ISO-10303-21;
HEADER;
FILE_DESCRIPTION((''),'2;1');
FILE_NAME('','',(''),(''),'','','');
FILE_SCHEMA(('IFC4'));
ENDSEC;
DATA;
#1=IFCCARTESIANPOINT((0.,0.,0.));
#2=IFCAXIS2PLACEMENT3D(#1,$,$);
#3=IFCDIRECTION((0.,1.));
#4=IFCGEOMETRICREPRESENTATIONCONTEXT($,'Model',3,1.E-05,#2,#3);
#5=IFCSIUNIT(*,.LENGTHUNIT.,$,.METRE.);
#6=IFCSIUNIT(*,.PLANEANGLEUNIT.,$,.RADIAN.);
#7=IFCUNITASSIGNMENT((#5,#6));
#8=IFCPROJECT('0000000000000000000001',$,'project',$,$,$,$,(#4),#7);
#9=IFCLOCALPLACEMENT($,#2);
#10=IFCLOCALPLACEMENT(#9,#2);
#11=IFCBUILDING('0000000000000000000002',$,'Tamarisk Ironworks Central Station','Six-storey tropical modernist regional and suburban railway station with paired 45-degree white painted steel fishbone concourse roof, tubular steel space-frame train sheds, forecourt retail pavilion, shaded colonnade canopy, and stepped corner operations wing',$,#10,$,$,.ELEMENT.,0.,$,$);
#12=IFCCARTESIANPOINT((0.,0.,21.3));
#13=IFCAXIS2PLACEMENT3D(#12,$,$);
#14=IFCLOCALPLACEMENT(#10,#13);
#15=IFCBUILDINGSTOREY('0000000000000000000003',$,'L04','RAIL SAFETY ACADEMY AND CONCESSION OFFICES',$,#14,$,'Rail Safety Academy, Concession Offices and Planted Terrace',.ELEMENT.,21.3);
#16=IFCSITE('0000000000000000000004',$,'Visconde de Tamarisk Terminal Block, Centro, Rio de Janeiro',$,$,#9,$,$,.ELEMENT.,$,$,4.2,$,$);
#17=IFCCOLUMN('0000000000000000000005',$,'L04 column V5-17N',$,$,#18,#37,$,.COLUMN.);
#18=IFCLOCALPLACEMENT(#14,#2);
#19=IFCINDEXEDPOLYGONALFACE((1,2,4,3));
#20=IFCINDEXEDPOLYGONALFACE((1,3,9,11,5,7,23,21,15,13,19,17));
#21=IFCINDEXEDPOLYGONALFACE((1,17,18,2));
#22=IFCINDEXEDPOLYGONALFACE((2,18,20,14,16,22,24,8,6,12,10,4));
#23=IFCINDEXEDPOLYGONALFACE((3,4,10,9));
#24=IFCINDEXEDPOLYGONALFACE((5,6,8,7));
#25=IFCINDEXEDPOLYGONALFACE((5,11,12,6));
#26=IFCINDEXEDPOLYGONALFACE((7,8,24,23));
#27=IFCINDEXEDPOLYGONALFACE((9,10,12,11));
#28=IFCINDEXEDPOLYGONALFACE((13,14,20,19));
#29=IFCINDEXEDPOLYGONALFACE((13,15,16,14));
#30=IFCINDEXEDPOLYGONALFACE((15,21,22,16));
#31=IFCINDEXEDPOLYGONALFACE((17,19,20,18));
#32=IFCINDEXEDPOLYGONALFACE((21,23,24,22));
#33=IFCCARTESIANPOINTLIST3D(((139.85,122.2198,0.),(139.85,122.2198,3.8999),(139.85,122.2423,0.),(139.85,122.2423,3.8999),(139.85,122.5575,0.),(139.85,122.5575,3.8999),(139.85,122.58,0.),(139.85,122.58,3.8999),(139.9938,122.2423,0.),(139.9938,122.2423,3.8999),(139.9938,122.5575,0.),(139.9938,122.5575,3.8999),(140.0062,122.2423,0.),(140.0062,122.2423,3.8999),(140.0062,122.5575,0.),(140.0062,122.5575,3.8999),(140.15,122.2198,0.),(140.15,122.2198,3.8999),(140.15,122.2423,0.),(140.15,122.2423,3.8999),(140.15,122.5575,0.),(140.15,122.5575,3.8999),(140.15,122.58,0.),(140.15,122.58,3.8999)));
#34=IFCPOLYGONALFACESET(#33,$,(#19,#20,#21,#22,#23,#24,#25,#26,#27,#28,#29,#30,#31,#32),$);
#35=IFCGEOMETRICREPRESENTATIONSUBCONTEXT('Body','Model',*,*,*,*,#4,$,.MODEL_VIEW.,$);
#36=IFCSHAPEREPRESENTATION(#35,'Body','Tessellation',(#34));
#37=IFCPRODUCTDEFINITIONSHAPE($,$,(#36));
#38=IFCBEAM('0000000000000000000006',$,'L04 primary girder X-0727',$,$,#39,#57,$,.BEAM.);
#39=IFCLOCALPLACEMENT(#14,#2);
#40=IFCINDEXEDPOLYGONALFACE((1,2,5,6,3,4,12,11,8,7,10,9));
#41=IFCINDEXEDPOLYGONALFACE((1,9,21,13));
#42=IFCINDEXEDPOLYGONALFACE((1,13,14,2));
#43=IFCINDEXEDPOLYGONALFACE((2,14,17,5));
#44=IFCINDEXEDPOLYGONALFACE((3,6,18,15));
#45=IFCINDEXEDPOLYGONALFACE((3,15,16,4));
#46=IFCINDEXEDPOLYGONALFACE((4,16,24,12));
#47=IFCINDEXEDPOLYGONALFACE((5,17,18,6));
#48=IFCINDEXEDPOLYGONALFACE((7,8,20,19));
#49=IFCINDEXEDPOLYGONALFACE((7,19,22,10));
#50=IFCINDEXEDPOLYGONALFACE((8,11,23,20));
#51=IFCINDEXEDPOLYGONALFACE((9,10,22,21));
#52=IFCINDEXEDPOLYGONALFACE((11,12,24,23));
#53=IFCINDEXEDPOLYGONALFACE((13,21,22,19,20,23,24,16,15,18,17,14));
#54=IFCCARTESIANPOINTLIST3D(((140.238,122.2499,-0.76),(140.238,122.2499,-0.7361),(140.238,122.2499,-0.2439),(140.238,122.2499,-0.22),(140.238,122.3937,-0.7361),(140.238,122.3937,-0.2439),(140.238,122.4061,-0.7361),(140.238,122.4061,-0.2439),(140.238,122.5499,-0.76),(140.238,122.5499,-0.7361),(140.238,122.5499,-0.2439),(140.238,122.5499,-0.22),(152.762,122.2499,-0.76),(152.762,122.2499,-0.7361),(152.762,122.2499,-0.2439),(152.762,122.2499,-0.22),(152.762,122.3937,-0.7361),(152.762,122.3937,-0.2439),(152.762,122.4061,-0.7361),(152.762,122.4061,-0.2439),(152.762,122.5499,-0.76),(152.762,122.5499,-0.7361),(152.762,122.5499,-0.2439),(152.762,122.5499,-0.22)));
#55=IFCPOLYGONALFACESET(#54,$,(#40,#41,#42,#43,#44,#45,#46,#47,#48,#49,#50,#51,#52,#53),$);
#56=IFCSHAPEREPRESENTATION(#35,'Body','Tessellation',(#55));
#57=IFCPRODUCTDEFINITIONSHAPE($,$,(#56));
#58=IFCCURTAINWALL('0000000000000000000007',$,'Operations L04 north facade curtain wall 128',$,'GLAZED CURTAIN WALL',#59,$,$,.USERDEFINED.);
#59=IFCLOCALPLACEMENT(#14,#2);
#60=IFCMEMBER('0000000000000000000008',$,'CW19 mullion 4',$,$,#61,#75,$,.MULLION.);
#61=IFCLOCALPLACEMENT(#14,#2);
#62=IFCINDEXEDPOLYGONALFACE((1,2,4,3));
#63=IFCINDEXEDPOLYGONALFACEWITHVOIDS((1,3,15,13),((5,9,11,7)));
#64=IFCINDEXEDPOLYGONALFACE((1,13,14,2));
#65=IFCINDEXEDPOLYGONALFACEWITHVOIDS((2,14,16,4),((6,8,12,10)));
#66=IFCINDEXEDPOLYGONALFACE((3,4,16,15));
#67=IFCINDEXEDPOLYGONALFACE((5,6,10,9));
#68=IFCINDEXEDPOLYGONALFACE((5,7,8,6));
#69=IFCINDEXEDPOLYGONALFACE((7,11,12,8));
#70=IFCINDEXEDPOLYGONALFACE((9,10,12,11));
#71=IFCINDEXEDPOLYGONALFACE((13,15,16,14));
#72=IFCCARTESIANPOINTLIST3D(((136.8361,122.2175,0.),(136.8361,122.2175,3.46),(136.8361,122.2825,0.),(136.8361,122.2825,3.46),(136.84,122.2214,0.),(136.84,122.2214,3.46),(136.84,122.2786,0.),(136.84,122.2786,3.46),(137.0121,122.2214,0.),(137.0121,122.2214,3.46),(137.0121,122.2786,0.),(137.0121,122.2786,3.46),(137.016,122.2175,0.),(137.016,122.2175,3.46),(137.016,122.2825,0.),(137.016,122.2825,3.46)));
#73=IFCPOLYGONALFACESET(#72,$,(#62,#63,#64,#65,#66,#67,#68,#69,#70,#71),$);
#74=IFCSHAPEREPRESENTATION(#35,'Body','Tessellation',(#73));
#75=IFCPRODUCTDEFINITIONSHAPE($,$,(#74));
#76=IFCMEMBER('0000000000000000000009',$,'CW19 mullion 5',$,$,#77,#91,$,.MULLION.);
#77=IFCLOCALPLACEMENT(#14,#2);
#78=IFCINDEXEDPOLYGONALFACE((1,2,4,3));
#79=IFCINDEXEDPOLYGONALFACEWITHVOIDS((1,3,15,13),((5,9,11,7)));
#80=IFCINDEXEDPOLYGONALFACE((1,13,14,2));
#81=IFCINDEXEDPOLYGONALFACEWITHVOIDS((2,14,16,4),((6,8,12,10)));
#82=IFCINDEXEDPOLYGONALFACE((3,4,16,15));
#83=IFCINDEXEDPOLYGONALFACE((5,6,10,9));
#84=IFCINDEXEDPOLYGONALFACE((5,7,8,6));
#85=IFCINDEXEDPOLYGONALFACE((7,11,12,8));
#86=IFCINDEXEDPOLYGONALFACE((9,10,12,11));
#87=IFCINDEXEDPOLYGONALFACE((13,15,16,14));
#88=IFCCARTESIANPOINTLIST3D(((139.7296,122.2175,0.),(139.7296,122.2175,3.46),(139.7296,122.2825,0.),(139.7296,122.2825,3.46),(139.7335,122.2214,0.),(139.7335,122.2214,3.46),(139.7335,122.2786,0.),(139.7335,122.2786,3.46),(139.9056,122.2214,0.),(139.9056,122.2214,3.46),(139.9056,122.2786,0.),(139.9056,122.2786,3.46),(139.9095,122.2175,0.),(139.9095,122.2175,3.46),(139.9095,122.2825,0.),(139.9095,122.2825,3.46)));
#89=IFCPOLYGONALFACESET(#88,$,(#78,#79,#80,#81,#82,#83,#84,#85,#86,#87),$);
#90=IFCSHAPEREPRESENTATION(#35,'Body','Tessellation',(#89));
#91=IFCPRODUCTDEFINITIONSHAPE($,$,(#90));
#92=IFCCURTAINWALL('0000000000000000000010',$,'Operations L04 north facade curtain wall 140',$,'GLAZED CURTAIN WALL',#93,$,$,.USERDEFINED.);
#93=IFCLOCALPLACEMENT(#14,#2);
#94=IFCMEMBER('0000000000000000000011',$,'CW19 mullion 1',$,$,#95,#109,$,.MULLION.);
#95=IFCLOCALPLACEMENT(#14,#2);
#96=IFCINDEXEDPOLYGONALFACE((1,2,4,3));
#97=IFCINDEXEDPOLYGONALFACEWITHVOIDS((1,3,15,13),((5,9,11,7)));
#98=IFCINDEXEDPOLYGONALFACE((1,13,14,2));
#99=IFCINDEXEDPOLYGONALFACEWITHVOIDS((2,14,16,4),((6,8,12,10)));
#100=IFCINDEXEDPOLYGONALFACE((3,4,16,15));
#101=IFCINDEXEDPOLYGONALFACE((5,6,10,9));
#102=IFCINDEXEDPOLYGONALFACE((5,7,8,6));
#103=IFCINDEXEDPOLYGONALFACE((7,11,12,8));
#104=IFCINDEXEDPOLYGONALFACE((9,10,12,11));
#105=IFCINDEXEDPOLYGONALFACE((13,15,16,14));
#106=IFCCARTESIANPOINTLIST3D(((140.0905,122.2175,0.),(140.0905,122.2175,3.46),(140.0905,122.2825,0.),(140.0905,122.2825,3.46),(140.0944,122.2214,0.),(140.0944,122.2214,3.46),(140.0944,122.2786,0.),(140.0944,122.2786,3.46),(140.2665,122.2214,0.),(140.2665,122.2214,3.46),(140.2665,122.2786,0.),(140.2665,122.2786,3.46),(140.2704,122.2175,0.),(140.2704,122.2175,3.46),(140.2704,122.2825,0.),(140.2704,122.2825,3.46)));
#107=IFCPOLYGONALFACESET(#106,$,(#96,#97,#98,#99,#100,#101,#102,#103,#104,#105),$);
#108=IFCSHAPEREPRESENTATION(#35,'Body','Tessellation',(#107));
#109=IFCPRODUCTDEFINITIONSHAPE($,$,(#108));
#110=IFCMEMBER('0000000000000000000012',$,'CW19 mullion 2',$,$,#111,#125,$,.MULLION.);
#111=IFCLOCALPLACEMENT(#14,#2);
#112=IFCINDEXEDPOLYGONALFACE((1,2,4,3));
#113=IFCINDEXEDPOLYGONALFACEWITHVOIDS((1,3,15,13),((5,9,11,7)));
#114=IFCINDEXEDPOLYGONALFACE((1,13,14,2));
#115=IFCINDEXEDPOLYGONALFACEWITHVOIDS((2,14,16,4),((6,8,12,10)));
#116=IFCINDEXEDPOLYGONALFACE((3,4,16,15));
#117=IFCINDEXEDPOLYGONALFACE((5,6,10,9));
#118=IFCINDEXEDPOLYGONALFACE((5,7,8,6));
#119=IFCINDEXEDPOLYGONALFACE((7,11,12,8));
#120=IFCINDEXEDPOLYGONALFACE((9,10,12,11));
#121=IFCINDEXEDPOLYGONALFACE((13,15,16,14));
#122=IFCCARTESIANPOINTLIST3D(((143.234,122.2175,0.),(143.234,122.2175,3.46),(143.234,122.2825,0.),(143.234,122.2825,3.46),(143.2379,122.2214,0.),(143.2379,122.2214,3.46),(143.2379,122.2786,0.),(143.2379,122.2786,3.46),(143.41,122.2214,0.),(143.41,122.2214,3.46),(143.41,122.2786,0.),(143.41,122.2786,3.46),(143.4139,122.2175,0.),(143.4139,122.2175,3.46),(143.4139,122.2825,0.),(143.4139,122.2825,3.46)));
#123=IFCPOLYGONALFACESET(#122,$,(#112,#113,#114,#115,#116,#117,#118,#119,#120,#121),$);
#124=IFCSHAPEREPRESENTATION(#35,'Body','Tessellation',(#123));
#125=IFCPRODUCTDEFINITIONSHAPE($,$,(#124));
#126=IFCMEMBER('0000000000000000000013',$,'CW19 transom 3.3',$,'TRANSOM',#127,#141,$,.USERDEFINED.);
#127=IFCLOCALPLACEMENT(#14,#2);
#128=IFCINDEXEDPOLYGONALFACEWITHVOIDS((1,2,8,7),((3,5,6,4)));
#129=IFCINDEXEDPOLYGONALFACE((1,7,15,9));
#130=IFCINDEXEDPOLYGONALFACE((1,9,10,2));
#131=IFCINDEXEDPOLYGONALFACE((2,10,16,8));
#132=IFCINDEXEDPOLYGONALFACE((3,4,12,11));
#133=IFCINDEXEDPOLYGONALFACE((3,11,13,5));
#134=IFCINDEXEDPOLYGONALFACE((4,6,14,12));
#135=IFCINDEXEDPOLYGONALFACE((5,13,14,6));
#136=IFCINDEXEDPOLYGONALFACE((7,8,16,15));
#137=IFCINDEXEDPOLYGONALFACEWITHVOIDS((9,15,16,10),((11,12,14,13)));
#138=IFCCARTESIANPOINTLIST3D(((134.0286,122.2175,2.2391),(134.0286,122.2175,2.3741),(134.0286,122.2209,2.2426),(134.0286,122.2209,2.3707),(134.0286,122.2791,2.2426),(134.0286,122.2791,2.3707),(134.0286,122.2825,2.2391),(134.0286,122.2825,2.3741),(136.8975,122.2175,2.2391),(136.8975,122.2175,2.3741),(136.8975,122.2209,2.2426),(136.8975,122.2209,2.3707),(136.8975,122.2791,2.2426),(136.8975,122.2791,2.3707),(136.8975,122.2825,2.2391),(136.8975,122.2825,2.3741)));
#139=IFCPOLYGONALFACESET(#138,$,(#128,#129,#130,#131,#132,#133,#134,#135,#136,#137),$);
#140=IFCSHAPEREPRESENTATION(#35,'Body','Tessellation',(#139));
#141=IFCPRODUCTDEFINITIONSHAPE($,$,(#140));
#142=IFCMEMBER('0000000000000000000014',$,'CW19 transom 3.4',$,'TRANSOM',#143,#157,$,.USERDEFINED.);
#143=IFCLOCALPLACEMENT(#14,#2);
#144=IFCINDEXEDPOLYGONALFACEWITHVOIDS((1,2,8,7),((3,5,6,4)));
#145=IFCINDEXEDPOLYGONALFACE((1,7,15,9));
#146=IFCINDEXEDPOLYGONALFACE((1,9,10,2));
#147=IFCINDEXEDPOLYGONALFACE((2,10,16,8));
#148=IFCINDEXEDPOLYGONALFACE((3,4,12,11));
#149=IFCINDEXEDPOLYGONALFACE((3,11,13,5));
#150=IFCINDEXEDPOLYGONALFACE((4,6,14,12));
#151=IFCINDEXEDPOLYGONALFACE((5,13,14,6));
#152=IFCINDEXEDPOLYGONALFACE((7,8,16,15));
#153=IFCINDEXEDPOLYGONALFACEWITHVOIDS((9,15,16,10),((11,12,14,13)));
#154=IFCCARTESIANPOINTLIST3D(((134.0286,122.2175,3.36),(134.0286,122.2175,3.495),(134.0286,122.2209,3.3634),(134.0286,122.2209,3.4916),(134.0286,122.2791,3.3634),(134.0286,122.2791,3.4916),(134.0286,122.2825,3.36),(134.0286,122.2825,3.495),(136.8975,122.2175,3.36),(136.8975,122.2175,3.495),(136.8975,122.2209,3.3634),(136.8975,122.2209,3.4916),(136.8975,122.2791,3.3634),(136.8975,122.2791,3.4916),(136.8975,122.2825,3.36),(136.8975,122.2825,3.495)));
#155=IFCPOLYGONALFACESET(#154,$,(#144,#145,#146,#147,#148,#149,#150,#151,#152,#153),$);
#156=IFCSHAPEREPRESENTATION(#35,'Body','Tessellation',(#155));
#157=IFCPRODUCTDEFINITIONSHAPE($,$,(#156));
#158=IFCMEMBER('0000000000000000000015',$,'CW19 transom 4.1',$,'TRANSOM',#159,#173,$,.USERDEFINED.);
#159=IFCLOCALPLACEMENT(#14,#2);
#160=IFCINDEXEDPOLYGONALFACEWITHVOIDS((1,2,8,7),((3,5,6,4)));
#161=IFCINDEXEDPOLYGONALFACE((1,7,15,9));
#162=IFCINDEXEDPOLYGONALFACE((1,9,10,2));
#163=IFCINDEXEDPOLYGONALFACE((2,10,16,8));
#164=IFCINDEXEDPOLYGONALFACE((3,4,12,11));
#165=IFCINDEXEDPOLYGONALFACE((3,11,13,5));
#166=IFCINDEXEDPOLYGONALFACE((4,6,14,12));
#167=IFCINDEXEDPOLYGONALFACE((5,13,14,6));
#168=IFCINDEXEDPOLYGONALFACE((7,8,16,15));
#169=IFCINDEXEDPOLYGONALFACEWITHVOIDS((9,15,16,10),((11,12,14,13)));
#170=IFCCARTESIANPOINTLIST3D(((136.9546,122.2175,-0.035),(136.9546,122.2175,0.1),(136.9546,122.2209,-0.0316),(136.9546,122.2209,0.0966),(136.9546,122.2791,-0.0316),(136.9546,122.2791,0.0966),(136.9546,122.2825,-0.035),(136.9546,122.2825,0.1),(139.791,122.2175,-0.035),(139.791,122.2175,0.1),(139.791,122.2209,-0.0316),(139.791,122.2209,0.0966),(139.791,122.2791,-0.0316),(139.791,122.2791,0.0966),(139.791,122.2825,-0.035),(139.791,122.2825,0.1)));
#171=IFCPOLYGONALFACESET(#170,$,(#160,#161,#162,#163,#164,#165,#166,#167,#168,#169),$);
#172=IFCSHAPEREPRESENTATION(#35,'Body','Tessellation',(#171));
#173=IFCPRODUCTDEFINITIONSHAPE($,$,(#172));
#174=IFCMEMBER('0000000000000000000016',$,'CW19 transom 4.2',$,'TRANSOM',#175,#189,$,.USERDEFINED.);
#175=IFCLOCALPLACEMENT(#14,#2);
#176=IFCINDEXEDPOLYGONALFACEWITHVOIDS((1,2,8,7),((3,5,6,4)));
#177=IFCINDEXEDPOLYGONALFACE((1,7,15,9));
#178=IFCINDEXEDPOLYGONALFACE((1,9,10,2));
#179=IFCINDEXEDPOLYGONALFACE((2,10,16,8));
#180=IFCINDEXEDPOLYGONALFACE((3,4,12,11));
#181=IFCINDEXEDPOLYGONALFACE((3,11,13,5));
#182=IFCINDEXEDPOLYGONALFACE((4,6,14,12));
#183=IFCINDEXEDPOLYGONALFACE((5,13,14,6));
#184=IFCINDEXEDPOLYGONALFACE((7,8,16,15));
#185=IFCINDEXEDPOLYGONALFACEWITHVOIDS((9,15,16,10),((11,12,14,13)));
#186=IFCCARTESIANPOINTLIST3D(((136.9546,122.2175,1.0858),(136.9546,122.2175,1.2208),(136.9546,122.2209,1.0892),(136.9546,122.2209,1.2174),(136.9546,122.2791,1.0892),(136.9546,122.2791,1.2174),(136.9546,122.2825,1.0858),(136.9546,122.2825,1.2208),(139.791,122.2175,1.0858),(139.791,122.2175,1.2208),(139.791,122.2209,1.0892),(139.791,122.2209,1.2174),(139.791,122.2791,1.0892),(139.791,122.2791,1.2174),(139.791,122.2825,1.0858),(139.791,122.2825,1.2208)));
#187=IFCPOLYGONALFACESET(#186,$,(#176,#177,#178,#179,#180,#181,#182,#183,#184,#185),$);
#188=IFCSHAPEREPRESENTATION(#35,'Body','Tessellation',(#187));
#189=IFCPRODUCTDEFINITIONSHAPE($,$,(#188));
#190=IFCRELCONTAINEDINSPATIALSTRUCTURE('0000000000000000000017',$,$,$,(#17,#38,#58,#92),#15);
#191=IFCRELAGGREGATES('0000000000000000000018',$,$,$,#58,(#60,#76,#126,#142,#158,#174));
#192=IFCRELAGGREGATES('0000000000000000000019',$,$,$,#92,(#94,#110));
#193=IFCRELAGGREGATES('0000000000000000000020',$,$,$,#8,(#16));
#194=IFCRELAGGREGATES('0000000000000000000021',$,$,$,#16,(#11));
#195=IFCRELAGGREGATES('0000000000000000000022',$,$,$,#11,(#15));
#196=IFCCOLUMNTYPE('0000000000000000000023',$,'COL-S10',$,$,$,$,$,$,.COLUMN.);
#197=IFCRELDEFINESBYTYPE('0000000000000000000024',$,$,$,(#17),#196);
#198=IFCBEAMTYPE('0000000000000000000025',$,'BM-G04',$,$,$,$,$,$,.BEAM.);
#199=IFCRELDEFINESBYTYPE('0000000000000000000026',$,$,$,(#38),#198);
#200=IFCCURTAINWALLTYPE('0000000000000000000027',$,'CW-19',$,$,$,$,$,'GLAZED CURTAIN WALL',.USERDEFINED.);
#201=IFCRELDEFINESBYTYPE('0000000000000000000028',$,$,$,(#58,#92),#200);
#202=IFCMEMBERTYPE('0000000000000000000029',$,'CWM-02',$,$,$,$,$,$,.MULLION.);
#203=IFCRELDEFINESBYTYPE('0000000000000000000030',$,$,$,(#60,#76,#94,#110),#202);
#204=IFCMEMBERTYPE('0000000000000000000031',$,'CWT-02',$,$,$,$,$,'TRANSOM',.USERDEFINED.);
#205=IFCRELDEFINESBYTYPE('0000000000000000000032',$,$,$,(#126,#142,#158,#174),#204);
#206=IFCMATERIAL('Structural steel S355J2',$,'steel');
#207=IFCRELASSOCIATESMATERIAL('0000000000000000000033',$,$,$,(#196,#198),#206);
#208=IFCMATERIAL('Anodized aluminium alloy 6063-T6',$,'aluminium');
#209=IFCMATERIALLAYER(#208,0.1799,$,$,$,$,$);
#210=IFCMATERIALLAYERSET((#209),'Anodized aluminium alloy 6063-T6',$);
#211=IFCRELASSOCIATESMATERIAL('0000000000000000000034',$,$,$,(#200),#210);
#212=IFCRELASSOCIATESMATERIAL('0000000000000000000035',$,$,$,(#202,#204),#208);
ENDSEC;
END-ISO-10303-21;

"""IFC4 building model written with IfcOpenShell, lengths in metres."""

from ifc_helpers import new_model, si_unit, direction, frame, origin, origin_2d, place, context, subcontext, project, spatial, hollow_rectangle, i_section, extrude, material, layer, layer_set, material_profile, profile_set, type_object, element, aggregate, save


model = new_model("IFC4")

# Units and contexts
model_context = context("Model", 3, precision=1e-05, world=origin(), true_north=direction((0.0, 1.0)))
body_context = subcontext(model_context, "Body", "Model", "MODEL_VIEW")
ifc_project = project(units=[si_unit("LENGTHUNIT", "METRE"), si_unit("PLANEANGLEUNIT", "RADIAN")], contexts=[model_context])

# Site, building, storey
site_placement = place(None, origin())
site = spatial("IfcSite", under=ifc_project, at=site_placement, Name="Visconde de Tamarisk Terminal Block, Centro, Rio de Janeiro", CompositionType="ELEMENT", RefElevation=4.2)
building_placement = place(site_placement, origin())
building = spatial("IfcBuilding", under=site, at=building_placement, Name="Tamarisk Ironworks Central Station", Description="Six-storey tropical modernist regional and suburban railway station with paired 45-degree white painted steel fishbone concourse roof, tubular steel space-frame train sheds, forecourt retail pavilion, shaded colonnade canopy, and stepped corner operations wing", CompositionType="ELEMENT", ElevationOfRefHeight=0.0)
storey_placement = place(building_placement, frame((0.0, 0.0, 21.3)))
storey = spatial("IfcBuildingStorey", under=building, at=storey_placement, Name="L04", Description="RAIL SAFETY ACADEMY AND CONCESSION OFFICES", LongName="Rail Safety Academy, Concession Offices and Planted Terrace", CompositionType="ELEMENT", Elevation=21.3)

# Column
ifc_material_1 = material(Name="Structural steel S355J2", Category="steel")
ifc_material_profile_1 = material_profile(ifc_material_1, i_section(OverallWidth=0.3, OverallDepth=0.3601, WebThickness=0.0125, FlangeThickness=0.0225, at=origin_2d()), Name="HEB 360")
ifc_profile_set_1 = profile_set([ifc_material_profile_1], Name="Structural steel S355J2")
column_type = type_object("IfcColumnType", Name="COL-S10", PredefinedType="COLUMN", material=ifc_profile_set_1)
column_placement = place(storey_placement, frame((140.0, 122.3999, 0.0), z_axis=(0.0, 0.0, 1.0), x_axis=(1.0, 0.0, 0.0)))
element("IfcColumn", 1, at=column_placement, inside=storey, type_object=column_type, Name="L04 column V5-17N", PredefinedType="COLUMN", context=body_context, shape_type="SweptSolid", body=[
    extrude(i_section(OverallWidth=0.3, OverallDepth=0.3601, WebThickness=0.0125, FlangeThickness=0.0225, at=origin_2d()), origin(), (0.0, 0.0, 1.0), 3.8999),
])

# Beam
ifc_material_profile_2 = material_profile(ifc_material_1, i_section(OverallWidth=0.3, OverallDepth=0.54, WebThickness=0.0125, FlangeThickness=0.0239, at=origin_2d()), Name="HEA 550")
ifc_profile_set_2 = profile_set([ifc_material_profile_2], Name="Structural steel S355J2")
beam_type = type_object("IfcBeamType", Name="BM-G04", PredefinedType="BEAM", material=ifc_profile_set_2)
beam_placement = place(storey_placement, frame((140.238, 122.3999, -0.49), z_axis=(1.0, 0.0, 0.0), x_axis=(0.0, 1.0, 0.0)))
element("IfcBeam", 2, at=beam_placement, inside=storey, type_object=beam_type, Name="L04 primary girder X-0727", PredefinedType="BEAM", context=body_context, shape_type="SweptSolid", body=[
    extrude(i_section(OverallWidth=0.3, OverallDepth=0.54, WebThickness=0.0125, FlangeThickness=0.0239, at=origin_2d()), origin(), (0.0, 0.0, 1.0), 12.5239),
])

# Curtain walls, members
ifc_material_2 = material(Name="Anodized aluminium alloy 6063-T6", Category="aluminium")
ifc_layer_1 = layer(ifc_material_2, 0.1799)
ifc_layer_set_1 = layer_set([ifc_layer_1], Name="Anodized aluminium alloy 6063-T6")
curtain_wall_type = type_object("IfcCurtainWallType", Name="CW-19", ElementType="GLAZED CURTAIN WALL", PredefinedType="USERDEFINED", material=ifc_layer_set_1)
curtain_wall_1_placement = place(storey_placement, origin())
curtain_wall_1 = element("IfcCurtainWall", 3, at=curtain_wall_1_placement, inside=storey, type_object=curtain_wall_type, Name="Operations L04 north facade curtain wall 128", ObjectType="GLAZED CURTAIN WALL", PredefinedType="USERDEFINED")
ifc_material_profile_3 = material_profile(ifc_material_2, hollow_rectangle(XDim=0.0649, YDim=0.1799, WallThickness=0.0039, at=origin_2d()), Name="ALUM 180x65")
ifc_profile_set_3 = profile_set([ifc_material_profile_3], Name="Anodized aluminium alloy 6063-T6")
member_type_1 = type_object("IfcMemberType", Name="CWM-02", PredefinedType="MULLION", material=ifc_profile_set_3)
member_1_placement = place(storey_placement, frame((136.926, 122.25, 0.0), z_axis=(0.0, 0.0, 1.0), x_axis=(0.0, 1.0, 0.0)))
member_1 = element("IfcMember", 4, at=member_1_placement, type_object=member_type_1, Name="CW19 mullion 4", PredefinedType="MULLION", context=body_context, shape_type="SweptSolid", body=[
    extrude(hollow_rectangle(XDim=0.0649, YDim=0.1799, WallThickness=0.0039, at=origin_2d()), origin(), (0.0, 0.0, 1.0), 3.46),
])
member_2_placement = place(storey_placement, frame((139.8196, 122.25, 0.0), z_axis=(0.0, 0.0, 1.0), x_axis=(0.0, 1.0, 0.0)))
member_2 = element("IfcMember", 5, at=member_2_placement, type_object=member_type_1, Name="CW19 mullion 5", PredefinedType="MULLION", context=body_context, shape_type="SweptSolid", body=[
    extrude(hollow_rectangle(XDim=0.0649, YDim=0.1799, WallThickness=0.0039, at=origin_2d()), origin(), (0.0, 0.0, 1.0), 3.46),
])
curtain_wall_2_placement = place(storey_placement, origin())
curtain_wall_2 = element("IfcCurtainWall", 6, at=curtain_wall_2_placement, inside=storey, type_object=curtain_wall_type, Name="Operations L04 north facade curtain wall 140", ObjectType="GLAZED CURTAIN WALL", PredefinedType="USERDEFINED")
member_3_placement = place(storey_placement, frame((140.1804, 122.25, 0.0), z_axis=(0.0, 0.0, 1.0), x_axis=(0.0, 1.0, 0.0)))
member_3 = element("IfcMember", 7, at=member_3_placement, type_object=member_type_1, Name="CW19 mullion 1", PredefinedType="MULLION", context=body_context, shape_type="SweptSolid", body=[
    extrude(hollow_rectangle(XDim=0.0649, YDim=0.1799, WallThickness=0.0039, at=origin_2d()), origin(), (0.0, 0.0, 1.0), 3.46),
])
member_4_placement = place(storey_placement, frame((143.324, 122.25, 0.0), z_axis=(0.0, 0.0, 1.0), x_axis=(0.0, 1.0, 0.0)))
member_4 = element("IfcMember", 8, at=member_4_placement, type_object=member_type_1, Name="CW19 mullion 2", PredefinedType="MULLION", context=body_context, shape_type="SweptSolid", body=[
    extrude(hollow_rectangle(XDim=0.0649, YDim=0.1799, WallThickness=0.0039, at=origin_2d()), origin(), (0.0, 0.0, 1.0), 3.46),
])

# Members
ifc_material_profile_4 = material_profile(ifc_material_2, hollow_rectangle(XDim=0.0649, YDim=0.135, WallThickness=0.0034, at=origin_2d()), Name="ALUM 135x65")
ifc_profile_set_4 = profile_set([ifc_material_profile_4], Name="Anodized aluminium alloy 6063-T6")
member_type_2 = type_object("IfcMemberType", Name="CWT-02", ElementType="TRANSOM", PredefinedType="USERDEFINED", material=ifc_profile_set_4)
member_5_placement = place(storey_placement, frame((134.0286, 122.25, 2.3066), z_axis=(1.0, 0.0, 0.0), x_axis=(0.0, 1.0, 0.0)))
member_5 = element("IfcMember", 9, at=member_5_placement, type_object=member_type_2, Name="CW19 transom 3.3", ObjectType="TRANSOM", PredefinedType="USERDEFINED", context=body_context, shape_type="SweptSolid", body=[
    extrude(hollow_rectangle(XDim=0.0649, YDim=0.135, WallThickness=0.0034, at=origin_2d()), origin(), (0.0, 0.0, 1.0), 2.8689),
])
member_6_placement = place(storey_placement, frame((134.0286, 122.25, 3.4275), z_axis=(1.0, 0.0, 0.0), x_axis=(0.0, 1.0, 0.0)))
member_6 = element("IfcMember", 10, at=member_6_placement, type_object=member_type_2, Name="CW19 transom 3.4", ObjectType="TRANSOM", PredefinedType="USERDEFINED", context=body_context, shape_type="SweptSolid", body=[
    extrude(hollow_rectangle(XDim=0.0649, YDim=0.135, WallThickness=0.0034, at=origin_2d()), origin(), (0.0, 0.0, 1.0), 2.8689),
])
member_7_placement = place(storey_placement, frame((136.9546, 122.25, 0.0325), z_axis=(1.0, 0.0, 0.0), x_axis=(0.0, 1.0, 0.0)))
member_7 = element("IfcMember", 11, at=member_7_placement, type_object=member_type_2, Name="CW19 transom 4.1", ObjectType="TRANSOM", PredefinedType="USERDEFINED", context=body_context, shape_type="SweptSolid", body=[
    extrude(hollow_rectangle(XDim=0.0649, YDim=0.135, WallThickness=0.0034, at=origin_2d()), origin(), (0.0, 0.0, 1.0), 2.8364),
])
member_8_placement = place(storey_placement, frame((136.9546, 122.25, 1.1533), z_axis=(1.0, 0.0, 0.0), x_axis=(0.0, 1.0, 0.0)))
member_8 = element("IfcMember", 12, at=member_8_placement, type_object=member_type_2, Name="CW19 transom 4.2", ObjectType="TRANSOM", PredefinedType="USERDEFINED", context=body_context, shape_type="SweptSolid", body=[
    extrude(hollow_rectangle(XDim=0.0649, YDim=0.135, WallThickness=0.0034, at=origin_2d()), origin(), (0.0, 0.0, 1.0), 2.8364),
])

aggregate(curtain_wall_1, [member_1, member_2, member_5, member_6, member_7, member_8])
aggregate(curtain_wall_2, [member_3, member_4])

save(model, "model.ifc")
